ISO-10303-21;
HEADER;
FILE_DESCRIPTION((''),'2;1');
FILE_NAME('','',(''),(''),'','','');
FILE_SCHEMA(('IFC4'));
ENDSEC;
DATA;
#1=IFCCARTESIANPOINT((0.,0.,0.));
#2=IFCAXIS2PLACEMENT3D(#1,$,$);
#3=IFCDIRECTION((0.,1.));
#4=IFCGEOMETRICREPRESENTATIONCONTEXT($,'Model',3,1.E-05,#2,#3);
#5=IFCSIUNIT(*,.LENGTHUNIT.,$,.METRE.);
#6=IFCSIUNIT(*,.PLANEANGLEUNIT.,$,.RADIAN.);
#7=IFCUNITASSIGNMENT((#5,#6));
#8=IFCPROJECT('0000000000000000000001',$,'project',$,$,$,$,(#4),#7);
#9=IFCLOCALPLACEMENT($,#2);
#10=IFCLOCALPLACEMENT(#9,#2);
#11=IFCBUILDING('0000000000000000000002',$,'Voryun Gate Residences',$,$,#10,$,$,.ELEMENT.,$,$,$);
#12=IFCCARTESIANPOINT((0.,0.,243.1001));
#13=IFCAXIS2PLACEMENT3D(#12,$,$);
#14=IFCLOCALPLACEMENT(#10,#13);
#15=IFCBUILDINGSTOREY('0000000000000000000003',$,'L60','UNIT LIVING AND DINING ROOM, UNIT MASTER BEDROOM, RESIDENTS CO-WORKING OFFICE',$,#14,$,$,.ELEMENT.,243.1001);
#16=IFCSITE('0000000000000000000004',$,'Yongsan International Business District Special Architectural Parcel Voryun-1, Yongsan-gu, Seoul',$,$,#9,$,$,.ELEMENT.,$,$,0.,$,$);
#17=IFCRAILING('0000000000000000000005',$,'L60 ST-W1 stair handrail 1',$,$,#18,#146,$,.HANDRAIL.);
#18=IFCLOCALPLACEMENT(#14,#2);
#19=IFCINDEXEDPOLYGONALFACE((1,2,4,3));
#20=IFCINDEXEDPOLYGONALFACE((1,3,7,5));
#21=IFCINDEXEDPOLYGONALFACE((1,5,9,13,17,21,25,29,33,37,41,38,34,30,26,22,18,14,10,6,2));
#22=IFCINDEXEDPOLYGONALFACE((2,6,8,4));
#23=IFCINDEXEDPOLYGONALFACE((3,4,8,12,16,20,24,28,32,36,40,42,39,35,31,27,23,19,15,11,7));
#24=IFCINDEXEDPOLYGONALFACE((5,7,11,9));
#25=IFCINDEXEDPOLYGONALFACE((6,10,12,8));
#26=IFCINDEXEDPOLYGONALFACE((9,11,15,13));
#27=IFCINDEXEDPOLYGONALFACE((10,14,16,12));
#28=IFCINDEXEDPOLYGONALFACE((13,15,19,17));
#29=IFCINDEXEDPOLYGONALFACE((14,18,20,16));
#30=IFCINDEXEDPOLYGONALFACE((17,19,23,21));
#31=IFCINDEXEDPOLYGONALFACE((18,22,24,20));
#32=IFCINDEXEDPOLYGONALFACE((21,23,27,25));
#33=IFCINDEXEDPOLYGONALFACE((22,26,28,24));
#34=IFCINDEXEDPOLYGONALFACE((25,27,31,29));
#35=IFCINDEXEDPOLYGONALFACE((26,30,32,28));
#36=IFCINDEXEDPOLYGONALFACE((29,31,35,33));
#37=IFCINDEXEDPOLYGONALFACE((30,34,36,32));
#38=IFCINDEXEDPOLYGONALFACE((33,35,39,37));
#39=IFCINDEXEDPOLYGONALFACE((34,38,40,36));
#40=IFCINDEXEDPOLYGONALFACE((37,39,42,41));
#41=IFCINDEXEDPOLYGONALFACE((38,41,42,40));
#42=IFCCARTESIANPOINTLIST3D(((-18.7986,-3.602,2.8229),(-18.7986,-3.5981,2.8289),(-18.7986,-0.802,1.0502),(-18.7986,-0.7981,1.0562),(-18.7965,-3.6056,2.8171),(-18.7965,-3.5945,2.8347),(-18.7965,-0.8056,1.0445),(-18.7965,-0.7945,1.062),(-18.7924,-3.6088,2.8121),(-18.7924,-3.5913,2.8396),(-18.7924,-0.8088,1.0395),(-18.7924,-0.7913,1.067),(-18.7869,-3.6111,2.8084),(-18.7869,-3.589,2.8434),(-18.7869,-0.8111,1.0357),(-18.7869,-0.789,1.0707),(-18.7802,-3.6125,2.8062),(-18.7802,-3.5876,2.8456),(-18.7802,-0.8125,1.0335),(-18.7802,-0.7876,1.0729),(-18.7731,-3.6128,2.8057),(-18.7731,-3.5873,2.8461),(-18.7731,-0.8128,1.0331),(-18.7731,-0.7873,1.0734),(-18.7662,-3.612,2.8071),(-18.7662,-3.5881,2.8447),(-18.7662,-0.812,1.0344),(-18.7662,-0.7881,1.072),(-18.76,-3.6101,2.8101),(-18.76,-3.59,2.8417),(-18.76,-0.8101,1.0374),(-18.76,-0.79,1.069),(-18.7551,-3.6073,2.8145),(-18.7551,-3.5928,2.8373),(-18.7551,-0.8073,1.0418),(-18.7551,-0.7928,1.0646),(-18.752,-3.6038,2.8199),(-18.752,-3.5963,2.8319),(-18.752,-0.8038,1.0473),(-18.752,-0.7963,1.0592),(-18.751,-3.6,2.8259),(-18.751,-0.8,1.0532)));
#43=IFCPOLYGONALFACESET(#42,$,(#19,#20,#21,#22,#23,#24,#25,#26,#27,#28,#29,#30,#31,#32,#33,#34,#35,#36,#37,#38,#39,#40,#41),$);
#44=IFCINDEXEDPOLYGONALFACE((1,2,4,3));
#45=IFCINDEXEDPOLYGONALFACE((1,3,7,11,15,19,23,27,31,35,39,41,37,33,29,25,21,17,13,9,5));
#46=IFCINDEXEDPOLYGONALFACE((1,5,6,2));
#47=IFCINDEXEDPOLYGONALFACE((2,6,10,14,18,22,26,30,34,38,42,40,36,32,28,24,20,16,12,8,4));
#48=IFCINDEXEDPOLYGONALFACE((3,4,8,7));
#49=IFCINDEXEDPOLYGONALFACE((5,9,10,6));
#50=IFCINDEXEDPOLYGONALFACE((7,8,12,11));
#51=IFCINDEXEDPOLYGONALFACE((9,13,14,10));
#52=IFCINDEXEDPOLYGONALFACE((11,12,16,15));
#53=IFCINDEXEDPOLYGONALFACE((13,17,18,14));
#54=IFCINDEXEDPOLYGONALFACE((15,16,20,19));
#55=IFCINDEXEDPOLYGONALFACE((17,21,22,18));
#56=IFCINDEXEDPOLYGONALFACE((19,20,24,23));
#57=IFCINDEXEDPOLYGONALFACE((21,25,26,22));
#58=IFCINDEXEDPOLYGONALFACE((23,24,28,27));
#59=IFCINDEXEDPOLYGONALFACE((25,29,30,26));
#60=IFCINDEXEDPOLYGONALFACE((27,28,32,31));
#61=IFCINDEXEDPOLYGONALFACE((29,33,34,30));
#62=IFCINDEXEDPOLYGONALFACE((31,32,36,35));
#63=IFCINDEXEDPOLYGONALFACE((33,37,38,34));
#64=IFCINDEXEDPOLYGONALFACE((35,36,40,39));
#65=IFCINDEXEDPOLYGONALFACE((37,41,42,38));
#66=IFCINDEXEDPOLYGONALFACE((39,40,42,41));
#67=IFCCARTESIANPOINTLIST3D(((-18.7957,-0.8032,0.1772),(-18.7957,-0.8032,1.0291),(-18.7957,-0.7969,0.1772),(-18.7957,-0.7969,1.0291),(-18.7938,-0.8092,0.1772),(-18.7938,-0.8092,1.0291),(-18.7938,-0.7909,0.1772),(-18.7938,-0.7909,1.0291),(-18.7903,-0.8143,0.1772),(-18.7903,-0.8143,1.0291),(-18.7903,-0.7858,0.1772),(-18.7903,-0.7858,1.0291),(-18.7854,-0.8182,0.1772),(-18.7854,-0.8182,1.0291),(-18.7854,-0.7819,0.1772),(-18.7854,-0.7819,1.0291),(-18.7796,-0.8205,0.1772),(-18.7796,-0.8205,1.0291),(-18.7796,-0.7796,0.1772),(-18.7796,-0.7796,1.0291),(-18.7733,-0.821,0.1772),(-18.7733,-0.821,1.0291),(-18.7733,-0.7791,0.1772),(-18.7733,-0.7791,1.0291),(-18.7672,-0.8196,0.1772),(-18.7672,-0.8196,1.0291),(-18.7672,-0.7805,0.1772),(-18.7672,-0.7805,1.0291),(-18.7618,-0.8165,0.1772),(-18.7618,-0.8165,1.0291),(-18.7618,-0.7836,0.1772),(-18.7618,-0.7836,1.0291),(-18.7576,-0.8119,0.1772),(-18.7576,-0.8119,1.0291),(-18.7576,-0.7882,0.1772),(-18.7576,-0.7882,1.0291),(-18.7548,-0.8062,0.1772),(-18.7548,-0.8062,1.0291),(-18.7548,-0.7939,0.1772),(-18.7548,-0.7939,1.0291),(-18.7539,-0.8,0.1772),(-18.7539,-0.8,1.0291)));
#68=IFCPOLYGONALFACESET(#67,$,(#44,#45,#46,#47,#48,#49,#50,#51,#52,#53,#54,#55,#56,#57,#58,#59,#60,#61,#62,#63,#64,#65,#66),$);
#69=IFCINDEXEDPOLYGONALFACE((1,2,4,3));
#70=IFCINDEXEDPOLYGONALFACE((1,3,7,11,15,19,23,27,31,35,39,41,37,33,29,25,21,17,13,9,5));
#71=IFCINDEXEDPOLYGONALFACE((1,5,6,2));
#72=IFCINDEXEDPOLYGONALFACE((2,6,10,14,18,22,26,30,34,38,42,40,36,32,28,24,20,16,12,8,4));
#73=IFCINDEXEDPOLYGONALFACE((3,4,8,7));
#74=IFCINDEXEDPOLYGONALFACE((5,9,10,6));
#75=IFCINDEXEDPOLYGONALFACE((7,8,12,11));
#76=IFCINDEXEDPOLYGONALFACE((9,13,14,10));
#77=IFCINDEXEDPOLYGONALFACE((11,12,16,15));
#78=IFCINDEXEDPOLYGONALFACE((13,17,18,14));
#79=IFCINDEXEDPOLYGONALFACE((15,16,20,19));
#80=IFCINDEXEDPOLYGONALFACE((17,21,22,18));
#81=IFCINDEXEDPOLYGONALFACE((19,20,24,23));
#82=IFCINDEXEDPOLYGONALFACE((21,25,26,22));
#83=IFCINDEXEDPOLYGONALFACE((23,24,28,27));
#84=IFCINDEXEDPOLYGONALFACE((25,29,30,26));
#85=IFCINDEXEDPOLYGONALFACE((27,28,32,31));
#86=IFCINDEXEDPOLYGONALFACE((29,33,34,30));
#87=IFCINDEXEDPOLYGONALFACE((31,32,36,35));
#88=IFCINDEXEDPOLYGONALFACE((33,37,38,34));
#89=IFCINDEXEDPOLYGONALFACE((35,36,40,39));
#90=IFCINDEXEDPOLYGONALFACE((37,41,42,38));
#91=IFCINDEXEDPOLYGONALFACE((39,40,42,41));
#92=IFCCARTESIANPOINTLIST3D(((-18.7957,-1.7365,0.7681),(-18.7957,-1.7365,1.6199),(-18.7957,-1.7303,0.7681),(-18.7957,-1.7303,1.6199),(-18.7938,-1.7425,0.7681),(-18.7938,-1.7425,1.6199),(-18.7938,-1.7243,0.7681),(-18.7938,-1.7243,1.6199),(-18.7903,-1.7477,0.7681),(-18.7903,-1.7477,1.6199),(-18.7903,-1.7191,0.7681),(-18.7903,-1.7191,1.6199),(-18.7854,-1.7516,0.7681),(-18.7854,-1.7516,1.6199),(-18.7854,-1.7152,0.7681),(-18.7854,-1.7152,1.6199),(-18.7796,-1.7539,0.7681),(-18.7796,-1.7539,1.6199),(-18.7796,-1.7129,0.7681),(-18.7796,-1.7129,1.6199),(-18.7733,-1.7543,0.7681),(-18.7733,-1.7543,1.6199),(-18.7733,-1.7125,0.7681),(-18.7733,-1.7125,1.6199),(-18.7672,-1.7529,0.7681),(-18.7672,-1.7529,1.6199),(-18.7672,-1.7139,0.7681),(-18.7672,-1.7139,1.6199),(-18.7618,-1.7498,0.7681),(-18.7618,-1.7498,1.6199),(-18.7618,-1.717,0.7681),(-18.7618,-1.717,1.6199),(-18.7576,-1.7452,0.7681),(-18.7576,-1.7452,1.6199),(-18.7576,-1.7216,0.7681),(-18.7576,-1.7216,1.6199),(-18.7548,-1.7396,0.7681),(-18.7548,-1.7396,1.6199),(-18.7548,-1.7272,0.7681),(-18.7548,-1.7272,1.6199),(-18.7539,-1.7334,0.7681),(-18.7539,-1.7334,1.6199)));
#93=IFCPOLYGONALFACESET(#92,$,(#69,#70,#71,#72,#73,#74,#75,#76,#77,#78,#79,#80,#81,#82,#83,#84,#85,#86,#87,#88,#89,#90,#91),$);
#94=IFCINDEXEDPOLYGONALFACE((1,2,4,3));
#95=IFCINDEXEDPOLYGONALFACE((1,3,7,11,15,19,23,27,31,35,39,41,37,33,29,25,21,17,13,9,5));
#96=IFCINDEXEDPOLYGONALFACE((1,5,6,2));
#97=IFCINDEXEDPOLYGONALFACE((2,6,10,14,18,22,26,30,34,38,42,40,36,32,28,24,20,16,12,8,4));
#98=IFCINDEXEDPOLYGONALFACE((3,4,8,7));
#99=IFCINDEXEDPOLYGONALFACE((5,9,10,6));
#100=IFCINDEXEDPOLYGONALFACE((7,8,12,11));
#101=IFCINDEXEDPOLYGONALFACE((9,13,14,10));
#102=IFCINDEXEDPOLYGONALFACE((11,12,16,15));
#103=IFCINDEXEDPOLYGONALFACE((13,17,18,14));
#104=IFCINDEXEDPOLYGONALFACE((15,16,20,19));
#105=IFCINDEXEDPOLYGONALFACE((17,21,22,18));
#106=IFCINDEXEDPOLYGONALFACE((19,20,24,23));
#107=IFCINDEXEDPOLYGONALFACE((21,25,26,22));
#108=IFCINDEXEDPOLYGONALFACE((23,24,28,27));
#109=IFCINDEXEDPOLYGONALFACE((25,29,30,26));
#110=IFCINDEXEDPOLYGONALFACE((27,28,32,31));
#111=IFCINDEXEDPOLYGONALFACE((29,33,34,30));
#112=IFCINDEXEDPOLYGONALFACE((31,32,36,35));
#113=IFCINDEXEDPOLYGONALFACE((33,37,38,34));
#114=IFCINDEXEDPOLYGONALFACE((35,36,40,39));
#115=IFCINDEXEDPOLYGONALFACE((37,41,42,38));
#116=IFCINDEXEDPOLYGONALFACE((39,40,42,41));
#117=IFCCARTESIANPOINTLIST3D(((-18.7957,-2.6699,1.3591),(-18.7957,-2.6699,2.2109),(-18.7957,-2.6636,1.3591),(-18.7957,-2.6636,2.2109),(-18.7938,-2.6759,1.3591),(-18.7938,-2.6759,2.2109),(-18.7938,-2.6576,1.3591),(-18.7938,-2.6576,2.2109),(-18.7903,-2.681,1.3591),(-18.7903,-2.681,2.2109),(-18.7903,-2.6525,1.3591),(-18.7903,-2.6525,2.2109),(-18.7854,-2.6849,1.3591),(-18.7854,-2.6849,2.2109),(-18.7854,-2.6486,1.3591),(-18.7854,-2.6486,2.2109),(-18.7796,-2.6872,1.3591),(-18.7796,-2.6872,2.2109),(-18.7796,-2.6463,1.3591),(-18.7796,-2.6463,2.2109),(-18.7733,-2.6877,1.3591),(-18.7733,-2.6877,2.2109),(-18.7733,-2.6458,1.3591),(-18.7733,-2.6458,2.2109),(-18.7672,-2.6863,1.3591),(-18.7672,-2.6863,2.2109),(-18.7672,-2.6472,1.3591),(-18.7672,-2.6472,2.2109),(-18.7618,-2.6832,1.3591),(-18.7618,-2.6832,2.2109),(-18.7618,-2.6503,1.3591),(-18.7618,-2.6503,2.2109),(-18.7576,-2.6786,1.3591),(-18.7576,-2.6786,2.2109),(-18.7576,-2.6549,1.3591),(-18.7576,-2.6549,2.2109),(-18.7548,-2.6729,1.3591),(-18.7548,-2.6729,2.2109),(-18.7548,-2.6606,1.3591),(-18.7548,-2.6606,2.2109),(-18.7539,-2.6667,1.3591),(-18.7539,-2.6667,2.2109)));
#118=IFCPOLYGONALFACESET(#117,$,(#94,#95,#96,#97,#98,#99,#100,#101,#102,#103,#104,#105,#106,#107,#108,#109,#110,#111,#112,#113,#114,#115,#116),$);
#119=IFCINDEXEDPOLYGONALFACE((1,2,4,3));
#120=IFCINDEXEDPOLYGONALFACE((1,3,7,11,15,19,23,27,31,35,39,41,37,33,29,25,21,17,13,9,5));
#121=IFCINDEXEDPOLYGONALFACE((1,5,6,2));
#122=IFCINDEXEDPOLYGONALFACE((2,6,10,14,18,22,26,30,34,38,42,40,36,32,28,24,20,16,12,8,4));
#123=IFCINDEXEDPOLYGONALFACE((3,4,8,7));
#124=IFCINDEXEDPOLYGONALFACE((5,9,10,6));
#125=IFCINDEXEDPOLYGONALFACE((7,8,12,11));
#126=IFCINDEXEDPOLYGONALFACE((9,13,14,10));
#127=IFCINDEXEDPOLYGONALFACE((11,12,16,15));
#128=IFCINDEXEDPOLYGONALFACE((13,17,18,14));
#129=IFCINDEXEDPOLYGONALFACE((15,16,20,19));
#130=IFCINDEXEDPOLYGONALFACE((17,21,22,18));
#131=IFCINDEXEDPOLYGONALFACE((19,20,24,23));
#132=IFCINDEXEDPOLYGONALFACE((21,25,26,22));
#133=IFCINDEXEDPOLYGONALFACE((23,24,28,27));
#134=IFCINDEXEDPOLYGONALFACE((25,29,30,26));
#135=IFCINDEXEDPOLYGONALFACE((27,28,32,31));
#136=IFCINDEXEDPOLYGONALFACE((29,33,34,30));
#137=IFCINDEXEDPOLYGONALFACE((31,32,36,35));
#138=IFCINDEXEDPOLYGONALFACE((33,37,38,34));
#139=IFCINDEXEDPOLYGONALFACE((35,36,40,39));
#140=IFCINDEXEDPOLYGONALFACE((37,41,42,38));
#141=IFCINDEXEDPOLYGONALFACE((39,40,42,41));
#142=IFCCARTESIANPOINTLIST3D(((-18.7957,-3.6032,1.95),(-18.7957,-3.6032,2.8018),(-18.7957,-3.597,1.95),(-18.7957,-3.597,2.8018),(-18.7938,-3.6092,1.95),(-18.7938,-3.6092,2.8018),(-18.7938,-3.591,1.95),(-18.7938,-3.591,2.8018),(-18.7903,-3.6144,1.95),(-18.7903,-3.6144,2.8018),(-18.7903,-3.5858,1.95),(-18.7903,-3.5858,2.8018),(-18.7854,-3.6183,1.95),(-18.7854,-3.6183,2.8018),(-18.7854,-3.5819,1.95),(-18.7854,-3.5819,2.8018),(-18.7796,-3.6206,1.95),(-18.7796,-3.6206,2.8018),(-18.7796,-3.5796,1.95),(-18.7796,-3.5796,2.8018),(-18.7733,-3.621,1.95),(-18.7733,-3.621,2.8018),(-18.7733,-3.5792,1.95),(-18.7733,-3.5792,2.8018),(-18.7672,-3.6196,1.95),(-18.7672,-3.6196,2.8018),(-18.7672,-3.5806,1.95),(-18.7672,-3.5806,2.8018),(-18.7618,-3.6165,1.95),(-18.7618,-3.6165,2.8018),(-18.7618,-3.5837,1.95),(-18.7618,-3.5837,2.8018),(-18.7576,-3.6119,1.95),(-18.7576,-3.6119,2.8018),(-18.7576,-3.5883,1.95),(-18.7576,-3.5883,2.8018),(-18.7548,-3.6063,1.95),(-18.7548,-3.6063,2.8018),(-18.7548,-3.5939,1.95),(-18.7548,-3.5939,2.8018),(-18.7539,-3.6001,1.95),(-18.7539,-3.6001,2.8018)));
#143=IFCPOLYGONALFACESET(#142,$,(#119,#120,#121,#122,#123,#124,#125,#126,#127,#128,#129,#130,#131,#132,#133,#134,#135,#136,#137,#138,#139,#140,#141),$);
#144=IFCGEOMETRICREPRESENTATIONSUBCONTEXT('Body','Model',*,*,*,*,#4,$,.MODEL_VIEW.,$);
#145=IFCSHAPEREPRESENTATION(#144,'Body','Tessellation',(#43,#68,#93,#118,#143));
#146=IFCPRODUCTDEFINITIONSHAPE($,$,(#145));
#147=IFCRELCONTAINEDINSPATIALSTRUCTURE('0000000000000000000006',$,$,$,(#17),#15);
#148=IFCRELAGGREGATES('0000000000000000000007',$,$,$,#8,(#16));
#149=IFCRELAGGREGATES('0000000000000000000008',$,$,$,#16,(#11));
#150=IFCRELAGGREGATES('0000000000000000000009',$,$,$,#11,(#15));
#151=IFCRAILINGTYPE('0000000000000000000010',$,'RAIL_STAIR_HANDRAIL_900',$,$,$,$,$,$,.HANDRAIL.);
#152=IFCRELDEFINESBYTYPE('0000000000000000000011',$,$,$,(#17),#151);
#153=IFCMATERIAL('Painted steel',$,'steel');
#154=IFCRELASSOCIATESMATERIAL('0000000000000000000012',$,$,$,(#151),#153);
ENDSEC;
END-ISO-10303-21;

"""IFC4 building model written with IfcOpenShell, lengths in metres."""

from ifc_helpers import new_model, si_unit, direction, frame, origin, origin_2d, place, context, subcontext, project, spatial, circle, extrude, material, type_object, element, save


model = new_model("IFC4")

# Units and contexts
model_context = context("Model", 3, precision=1e-05, world=origin(), true_north=direction((0.0, 1.0)))
body_context = subcontext(model_context, "Body", "Model", "MODEL_VIEW")
ifc_project = project(units=[si_unit("LENGTHUNIT", "METRE"), si_unit("PLANEANGLEUNIT", "RADIAN")], contexts=[model_context])

# Site, building, storey
site_placement = place(None, origin())
site = spatial("IfcSite", under=ifc_project, at=site_placement, Name="Yongsan International Business District Special Architectural Parcel Voryun-1, Yongsan-gu, Seoul", CompositionType="ELEMENT", RefElevation=0.0)
building_placement = place(site_placement, origin())
building = spatial("IfcBuilding", under=site, at=building_placement, Name="Voryun Gate Residences", CompositionType="ELEMENT")
storey_placement = place(building_placement, frame((0.0, 0.0, 243.1001)))
storey = spatial("IfcBuildingStorey", under=building, at=storey_placement, Name="L60", Description="UNIT LIVING AND DINING ROOM, UNIT MASTER BEDROOM, RESIDENTS CO-WORKING OFFICE", CompositionType="ELEMENT", Elevation=243.1001)

# Railing
ifc_material_1 = material(Name="Painted steel", Category="steel")
railing_type_1 = type_object("IfcRailingType", Name="RAIL_STAIR_HANDRAIL_900", PredefinedType="HANDRAIL", material=ifc_material_1)
railing_1_placement = place(storey_placement, frame((-18.7749, -0.8, 0.1772)))
element("IfcRailing", 1, at=railing_1_placement, inside=storey, type_object=railing_type_1, Name="L60 ST-W1 stair handrail 1", PredefinedType="HANDRAIL", context=body_context, shape_type="SweptSolid", body=[
    extrude(circle(Radius=0.0239, at=origin_2d()), frame((0.0, 0.0, 0.876), z_axis=(0.0, -0.844909, 0.53491), x_axis=(1.0, 0.0, 0.0)), (0.0, 0.0, 1.0), 3.314),
    extrude(circle(Radius=0.021, at=origin_2d()), origin(), (0.0, 0.0, 1.0), 0.8518),
    extrude(circle(Radius=0.021, at=origin_2d()), frame((0.0, -0.9333, 0.5908)), (0.0, 0.0, 1.0), 0.8518),
    extrude(circle(Radius=0.021, at=origin_2d()), frame((0.0, -1.8667, 1.1819)), (0.0, 0.0, 1.0), 0.8518),
    extrude(circle(Radius=0.021, at=origin_2d()), frame((0.0, -2.8, 1.7727)), (0.0, 0.0, 1.0), 0.8518),
])

save(model, "model.ifc")
